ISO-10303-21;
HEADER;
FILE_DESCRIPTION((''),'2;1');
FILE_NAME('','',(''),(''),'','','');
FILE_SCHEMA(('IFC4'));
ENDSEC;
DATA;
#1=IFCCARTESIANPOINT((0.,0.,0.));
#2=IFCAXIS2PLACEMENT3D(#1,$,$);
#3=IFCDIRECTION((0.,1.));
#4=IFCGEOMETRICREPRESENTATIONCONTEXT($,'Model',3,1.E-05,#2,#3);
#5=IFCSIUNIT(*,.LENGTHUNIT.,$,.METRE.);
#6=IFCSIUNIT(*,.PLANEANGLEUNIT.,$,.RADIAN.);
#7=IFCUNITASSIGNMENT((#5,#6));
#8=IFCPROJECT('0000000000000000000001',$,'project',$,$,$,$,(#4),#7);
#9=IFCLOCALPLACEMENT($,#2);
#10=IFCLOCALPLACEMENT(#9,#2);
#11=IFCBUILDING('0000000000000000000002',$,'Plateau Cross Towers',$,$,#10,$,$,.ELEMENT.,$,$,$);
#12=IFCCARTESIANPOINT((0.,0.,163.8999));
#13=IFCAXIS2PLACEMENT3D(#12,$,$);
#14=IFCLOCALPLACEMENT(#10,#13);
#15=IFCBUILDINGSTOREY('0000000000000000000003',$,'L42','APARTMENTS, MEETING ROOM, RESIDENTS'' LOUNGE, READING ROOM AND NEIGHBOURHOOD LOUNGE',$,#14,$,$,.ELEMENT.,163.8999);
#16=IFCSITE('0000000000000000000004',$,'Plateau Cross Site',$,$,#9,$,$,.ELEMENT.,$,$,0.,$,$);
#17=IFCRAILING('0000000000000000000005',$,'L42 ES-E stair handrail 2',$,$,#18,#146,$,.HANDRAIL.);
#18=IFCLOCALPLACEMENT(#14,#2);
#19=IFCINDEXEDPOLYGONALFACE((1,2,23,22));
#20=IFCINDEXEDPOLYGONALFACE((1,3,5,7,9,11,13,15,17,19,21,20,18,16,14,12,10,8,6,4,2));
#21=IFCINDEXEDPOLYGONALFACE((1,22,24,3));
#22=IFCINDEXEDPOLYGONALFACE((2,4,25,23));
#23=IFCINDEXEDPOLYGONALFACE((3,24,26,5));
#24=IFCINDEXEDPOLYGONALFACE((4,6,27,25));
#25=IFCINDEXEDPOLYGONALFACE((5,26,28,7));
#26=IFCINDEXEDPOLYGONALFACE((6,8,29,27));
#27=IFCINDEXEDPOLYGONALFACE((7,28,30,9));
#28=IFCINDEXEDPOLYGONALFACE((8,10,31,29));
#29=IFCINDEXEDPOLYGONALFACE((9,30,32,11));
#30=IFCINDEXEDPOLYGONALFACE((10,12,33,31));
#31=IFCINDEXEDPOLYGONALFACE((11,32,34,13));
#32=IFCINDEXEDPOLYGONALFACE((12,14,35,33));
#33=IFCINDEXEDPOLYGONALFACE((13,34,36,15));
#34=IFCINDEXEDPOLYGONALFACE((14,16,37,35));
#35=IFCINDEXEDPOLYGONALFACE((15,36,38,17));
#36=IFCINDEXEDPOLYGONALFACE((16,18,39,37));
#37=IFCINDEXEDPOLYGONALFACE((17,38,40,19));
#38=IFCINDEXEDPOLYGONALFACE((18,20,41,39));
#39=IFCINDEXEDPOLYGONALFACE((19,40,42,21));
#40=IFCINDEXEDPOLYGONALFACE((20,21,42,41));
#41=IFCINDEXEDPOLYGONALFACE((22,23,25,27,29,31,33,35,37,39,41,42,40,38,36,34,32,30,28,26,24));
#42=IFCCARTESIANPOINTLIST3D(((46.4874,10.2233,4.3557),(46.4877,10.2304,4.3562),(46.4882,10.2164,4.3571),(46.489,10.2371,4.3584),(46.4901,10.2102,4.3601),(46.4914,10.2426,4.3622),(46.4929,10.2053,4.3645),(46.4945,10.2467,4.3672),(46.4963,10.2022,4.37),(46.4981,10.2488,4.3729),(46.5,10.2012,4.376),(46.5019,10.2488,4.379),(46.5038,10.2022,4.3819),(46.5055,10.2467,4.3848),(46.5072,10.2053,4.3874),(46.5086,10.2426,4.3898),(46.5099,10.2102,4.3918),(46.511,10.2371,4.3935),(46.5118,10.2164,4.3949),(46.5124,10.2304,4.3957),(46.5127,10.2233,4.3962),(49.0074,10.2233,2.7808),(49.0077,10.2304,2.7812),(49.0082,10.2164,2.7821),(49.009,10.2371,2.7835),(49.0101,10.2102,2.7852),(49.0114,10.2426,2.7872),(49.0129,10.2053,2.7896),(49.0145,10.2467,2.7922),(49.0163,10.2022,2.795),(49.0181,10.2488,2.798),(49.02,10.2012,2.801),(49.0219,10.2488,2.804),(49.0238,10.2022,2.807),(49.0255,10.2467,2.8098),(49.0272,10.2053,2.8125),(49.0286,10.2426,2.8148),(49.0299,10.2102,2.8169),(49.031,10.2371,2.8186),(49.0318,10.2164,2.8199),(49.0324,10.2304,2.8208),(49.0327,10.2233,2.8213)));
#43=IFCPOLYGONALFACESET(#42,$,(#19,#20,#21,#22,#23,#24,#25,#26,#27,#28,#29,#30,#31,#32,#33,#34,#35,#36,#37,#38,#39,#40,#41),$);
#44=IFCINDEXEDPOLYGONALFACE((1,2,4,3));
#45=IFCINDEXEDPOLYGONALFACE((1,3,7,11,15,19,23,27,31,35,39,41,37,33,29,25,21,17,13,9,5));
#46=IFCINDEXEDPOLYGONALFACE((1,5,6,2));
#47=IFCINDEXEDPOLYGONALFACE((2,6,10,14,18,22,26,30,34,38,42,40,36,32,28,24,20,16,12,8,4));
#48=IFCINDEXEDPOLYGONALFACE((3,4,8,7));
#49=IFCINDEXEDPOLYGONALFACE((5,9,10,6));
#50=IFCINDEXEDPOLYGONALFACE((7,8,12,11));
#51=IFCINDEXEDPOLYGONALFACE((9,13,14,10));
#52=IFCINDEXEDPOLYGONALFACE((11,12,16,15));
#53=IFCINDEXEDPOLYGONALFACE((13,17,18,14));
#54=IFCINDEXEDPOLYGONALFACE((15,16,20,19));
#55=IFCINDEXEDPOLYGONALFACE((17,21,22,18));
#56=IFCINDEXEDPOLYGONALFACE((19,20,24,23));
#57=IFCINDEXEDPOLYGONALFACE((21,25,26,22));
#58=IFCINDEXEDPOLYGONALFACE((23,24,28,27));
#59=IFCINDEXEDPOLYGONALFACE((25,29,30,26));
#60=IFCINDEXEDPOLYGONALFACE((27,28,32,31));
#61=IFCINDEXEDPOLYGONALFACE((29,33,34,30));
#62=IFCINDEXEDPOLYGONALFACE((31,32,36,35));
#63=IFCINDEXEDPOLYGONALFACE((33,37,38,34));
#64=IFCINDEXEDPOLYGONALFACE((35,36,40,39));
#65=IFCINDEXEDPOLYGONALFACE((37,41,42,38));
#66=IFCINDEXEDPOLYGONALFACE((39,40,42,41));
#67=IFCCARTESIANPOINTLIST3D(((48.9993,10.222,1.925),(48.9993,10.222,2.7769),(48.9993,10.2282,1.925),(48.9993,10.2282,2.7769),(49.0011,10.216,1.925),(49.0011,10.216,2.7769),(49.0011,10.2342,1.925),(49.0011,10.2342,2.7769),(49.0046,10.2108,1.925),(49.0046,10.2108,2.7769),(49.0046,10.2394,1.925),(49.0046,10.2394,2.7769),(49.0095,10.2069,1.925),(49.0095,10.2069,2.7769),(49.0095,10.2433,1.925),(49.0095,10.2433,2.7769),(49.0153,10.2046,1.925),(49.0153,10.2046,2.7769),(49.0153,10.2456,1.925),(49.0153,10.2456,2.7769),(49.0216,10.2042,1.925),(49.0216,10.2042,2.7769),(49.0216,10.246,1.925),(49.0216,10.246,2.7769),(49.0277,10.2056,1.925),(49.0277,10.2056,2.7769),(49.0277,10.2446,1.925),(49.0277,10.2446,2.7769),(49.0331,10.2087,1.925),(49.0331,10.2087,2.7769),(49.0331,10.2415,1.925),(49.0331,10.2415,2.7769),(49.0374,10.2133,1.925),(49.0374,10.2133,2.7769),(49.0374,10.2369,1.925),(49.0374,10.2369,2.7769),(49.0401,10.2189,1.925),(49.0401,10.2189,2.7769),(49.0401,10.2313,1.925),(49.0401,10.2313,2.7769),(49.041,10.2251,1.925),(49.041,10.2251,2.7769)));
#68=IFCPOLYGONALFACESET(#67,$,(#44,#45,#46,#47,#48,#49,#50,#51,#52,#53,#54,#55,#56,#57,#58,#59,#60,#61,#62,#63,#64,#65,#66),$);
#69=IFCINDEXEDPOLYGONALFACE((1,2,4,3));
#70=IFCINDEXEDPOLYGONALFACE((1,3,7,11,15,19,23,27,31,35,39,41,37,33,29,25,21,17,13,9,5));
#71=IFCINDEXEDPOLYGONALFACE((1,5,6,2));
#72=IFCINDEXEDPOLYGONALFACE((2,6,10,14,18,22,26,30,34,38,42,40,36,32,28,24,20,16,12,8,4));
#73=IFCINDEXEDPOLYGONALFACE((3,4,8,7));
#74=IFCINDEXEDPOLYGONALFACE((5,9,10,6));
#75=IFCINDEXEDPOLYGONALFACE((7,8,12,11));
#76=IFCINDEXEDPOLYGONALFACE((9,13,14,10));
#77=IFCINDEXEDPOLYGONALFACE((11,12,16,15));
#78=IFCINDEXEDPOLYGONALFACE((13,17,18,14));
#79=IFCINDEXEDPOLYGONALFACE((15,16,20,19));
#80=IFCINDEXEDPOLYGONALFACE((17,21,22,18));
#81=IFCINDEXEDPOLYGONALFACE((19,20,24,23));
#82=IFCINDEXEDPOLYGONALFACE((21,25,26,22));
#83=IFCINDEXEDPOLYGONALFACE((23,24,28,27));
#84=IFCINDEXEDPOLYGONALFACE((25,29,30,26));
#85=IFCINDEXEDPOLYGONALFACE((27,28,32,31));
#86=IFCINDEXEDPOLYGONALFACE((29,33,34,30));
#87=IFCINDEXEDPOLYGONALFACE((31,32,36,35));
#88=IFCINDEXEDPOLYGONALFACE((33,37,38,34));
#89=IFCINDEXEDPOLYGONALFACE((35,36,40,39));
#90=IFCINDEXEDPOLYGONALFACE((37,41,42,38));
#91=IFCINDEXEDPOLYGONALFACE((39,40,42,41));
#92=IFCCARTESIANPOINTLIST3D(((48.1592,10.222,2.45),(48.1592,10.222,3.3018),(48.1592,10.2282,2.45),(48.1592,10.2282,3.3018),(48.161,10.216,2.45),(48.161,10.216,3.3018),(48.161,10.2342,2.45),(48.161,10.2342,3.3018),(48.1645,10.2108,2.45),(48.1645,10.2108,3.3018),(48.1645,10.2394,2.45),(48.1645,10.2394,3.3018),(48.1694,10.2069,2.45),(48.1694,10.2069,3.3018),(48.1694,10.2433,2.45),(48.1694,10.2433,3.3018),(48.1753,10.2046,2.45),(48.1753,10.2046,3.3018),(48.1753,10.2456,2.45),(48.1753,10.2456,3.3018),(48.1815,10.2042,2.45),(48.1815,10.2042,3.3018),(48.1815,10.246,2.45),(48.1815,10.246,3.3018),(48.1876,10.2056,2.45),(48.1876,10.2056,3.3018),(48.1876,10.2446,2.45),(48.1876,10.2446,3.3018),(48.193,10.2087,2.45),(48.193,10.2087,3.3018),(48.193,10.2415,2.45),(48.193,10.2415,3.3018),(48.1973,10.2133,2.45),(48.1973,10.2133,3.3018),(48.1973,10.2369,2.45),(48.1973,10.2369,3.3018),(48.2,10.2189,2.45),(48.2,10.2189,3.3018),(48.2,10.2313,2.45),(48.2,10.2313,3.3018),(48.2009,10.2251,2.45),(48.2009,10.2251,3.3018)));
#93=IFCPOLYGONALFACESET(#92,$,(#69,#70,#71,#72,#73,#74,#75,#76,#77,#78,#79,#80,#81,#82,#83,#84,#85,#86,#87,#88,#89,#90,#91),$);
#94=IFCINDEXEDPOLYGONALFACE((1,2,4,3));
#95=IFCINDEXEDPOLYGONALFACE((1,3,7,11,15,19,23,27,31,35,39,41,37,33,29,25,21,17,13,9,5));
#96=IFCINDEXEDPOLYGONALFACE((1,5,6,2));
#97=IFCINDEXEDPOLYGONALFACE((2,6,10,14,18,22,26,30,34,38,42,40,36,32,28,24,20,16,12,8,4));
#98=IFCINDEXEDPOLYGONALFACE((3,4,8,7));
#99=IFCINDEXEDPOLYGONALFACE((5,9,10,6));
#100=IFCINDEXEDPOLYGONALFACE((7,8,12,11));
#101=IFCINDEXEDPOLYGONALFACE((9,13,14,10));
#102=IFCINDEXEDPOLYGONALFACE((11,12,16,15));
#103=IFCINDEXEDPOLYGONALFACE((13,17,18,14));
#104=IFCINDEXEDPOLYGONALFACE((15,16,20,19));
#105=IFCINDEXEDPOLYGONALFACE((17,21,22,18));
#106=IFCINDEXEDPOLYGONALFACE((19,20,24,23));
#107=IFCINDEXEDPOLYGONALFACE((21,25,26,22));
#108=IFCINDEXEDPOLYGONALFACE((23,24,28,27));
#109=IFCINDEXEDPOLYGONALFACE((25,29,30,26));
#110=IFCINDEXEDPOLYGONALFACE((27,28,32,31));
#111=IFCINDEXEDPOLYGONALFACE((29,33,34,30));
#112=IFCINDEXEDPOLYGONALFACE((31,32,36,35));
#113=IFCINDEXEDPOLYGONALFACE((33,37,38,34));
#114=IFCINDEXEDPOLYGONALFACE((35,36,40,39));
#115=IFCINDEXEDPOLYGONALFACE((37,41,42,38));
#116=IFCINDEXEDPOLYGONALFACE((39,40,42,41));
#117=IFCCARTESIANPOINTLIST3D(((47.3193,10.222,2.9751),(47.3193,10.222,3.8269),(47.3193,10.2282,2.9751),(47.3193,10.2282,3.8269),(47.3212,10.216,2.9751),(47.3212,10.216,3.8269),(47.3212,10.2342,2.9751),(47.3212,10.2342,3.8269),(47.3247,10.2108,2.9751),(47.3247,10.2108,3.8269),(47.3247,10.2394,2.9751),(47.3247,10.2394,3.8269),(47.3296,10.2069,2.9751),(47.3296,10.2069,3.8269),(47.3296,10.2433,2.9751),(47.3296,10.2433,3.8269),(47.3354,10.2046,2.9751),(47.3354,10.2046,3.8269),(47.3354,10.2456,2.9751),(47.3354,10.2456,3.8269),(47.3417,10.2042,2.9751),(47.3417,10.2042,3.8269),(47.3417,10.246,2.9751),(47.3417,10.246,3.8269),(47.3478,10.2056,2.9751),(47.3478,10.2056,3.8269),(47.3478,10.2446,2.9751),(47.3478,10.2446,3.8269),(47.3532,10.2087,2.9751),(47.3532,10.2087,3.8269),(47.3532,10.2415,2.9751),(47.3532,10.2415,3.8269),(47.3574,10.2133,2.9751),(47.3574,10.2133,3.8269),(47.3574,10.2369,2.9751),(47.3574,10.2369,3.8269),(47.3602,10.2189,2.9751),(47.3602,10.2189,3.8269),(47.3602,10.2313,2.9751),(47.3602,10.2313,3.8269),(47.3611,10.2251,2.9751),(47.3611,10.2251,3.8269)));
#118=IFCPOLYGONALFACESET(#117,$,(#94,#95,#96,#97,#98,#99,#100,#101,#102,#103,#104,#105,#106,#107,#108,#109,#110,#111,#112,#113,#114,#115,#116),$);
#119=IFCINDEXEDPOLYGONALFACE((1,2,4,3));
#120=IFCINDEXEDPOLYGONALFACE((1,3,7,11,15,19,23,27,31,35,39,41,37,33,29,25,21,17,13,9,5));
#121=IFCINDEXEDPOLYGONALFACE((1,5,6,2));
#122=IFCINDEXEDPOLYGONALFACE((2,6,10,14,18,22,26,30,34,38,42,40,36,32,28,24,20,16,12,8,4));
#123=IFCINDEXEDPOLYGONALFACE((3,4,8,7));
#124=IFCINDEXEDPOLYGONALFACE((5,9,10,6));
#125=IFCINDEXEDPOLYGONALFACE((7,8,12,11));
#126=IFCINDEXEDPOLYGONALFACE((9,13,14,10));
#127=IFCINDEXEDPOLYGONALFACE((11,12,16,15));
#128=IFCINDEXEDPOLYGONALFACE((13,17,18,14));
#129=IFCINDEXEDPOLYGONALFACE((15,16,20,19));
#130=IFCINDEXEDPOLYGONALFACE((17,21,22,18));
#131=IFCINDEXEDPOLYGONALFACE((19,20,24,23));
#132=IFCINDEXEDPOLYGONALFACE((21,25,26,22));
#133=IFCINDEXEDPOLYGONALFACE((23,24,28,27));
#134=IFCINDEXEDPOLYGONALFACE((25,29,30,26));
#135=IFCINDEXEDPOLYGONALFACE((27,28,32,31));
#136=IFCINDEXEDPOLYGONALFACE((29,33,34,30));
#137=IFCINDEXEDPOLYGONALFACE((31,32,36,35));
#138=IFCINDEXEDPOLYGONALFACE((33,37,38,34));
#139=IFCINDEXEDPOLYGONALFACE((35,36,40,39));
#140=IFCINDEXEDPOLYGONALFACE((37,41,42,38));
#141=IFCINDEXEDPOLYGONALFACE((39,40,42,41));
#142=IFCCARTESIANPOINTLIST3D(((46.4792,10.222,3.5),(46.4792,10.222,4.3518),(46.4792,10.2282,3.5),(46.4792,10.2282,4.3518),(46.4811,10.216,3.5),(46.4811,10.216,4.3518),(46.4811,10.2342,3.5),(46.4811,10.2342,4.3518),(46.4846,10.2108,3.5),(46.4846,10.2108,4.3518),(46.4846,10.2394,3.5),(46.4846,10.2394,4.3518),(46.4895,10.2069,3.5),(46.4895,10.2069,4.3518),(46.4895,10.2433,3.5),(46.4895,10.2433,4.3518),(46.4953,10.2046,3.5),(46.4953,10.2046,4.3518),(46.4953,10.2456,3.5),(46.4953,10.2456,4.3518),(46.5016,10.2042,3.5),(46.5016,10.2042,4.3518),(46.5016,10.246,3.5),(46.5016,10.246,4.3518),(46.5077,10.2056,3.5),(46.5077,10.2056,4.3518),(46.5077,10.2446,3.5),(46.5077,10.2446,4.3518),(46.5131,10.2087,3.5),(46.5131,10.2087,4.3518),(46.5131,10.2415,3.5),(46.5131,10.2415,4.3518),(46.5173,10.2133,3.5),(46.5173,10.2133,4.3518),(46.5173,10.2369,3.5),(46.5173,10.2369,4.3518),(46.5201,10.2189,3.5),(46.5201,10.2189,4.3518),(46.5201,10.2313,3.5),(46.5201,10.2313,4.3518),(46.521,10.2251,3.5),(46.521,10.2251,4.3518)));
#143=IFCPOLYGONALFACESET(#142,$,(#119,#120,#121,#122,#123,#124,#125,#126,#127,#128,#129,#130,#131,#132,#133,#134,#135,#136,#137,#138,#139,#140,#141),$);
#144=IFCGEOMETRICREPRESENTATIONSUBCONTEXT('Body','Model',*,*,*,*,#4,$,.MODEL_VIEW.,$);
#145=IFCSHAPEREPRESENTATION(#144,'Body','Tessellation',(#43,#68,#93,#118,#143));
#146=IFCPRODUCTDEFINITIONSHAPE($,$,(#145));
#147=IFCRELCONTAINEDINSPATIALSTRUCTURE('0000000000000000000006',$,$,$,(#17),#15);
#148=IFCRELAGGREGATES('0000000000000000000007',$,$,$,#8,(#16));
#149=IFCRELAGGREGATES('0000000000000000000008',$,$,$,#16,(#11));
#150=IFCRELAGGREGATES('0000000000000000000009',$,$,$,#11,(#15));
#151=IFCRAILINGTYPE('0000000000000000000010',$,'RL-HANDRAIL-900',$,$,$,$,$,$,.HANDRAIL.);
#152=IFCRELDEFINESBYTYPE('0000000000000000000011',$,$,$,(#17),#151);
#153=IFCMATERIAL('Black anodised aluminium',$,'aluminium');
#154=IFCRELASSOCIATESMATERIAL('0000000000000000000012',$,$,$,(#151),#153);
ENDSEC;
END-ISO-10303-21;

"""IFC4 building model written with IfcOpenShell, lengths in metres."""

from ifc_helpers import new_model, si_unit, direction, frame, origin, origin_2d, place, context, subcontext, project, spatial, circle, extrude, material, type_object, element, save


model = new_model("IFC4")

# Units and contexts
model_context = context("Model", 3, precision=1e-05, world=origin(), true_north=direction((0.0, 1.0)))
body_context = subcontext(model_context, "Body", "Model", "MODEL_VIEW")
ifc_project = project(units=[si_unit("LENGTHUNIT", "METRE"), si_unit("PLANEANGLEUNIT", "RADIAN")], contexts=[model_context])

# Site, building, storey
site_placement = place(None, origin())
site = spatial("IfcSite", under=ifc_project, at=site_placement, Name="Plateau Cross Site", CompositionType="ELEMENT", RefElevation=0.0)
building_placement = place(site_placement, origin())
building = spatial("IfcBuilding", under=site, at=building_placement, Name="Plateau Cross Towers", CompositionType="ELEMENT")
storey_placement = place(building_placement, frame((0.0, 0.0, 163.8999)))
storey = spatial("IfcBuildingStorey", under=building, at=storey_placement, Name="L42", Description="APARTMENTS, MEETING ROOM, RESIDENTS' LOUNGE, READING ROOM AND NEIGHBOURHOOD LOUNGE", CompositionType="ELEMENT", Elevation=163.8999)

# Shared definitions
ifc_material_1 = material(Name="Black anodised aluminium", Category="aluminium")

# Railing
railing_type_1 = type_object("IfcRailingType", Name="RL-HANDRAIL-900", PredefinedType="HANDRAIL", material=ifc_material_1)
railing_1_placement = place(storey_placement, frame((49.02, 10.2251, 1.925)))
element("IfcRailing", 1, at=railing_1_placement, inside=storey, type_object=railing_type_1, Name="L42 ES-E stair handrail 2", PredefinedType="HANDRAIL", context=body_context, shape_type="SweptSolid", body=[
    extrude(circle(Radius=0.0239, at=origin_2d()), frame((0.0, 0.0, 0.876), z_axis=(-0.848008, 0.0, 0.529984), x_axis=(0.0, -1.0, 0.0)), (0.0, 0.0, 1.0), 2.9717),
    extrude(circle(Radius=0.021, at=origin_2d()), origin(), (0.0, 0.0, 1.0), 0.8518),
    extrude(circle(Radius=0.021, at=origin_2d()), frame((-0.8401, 0.0, 0.5249)), (0.0, 0.0, 1.0), 0.8518),
    extrude(circle(Radius=0.021, at=origin_2d()), frame((-1.6799, 0.0, 1.05)), (0.0, 0.0, 1.0), 0.8518),
    extrude(circle(Radius=0.021, at=origin_2d()), frame((-2.52, 0.0, 1.575)), (0.0, 0.0, 1.0), 0.8518),
])

save(model, "model.ifc")
